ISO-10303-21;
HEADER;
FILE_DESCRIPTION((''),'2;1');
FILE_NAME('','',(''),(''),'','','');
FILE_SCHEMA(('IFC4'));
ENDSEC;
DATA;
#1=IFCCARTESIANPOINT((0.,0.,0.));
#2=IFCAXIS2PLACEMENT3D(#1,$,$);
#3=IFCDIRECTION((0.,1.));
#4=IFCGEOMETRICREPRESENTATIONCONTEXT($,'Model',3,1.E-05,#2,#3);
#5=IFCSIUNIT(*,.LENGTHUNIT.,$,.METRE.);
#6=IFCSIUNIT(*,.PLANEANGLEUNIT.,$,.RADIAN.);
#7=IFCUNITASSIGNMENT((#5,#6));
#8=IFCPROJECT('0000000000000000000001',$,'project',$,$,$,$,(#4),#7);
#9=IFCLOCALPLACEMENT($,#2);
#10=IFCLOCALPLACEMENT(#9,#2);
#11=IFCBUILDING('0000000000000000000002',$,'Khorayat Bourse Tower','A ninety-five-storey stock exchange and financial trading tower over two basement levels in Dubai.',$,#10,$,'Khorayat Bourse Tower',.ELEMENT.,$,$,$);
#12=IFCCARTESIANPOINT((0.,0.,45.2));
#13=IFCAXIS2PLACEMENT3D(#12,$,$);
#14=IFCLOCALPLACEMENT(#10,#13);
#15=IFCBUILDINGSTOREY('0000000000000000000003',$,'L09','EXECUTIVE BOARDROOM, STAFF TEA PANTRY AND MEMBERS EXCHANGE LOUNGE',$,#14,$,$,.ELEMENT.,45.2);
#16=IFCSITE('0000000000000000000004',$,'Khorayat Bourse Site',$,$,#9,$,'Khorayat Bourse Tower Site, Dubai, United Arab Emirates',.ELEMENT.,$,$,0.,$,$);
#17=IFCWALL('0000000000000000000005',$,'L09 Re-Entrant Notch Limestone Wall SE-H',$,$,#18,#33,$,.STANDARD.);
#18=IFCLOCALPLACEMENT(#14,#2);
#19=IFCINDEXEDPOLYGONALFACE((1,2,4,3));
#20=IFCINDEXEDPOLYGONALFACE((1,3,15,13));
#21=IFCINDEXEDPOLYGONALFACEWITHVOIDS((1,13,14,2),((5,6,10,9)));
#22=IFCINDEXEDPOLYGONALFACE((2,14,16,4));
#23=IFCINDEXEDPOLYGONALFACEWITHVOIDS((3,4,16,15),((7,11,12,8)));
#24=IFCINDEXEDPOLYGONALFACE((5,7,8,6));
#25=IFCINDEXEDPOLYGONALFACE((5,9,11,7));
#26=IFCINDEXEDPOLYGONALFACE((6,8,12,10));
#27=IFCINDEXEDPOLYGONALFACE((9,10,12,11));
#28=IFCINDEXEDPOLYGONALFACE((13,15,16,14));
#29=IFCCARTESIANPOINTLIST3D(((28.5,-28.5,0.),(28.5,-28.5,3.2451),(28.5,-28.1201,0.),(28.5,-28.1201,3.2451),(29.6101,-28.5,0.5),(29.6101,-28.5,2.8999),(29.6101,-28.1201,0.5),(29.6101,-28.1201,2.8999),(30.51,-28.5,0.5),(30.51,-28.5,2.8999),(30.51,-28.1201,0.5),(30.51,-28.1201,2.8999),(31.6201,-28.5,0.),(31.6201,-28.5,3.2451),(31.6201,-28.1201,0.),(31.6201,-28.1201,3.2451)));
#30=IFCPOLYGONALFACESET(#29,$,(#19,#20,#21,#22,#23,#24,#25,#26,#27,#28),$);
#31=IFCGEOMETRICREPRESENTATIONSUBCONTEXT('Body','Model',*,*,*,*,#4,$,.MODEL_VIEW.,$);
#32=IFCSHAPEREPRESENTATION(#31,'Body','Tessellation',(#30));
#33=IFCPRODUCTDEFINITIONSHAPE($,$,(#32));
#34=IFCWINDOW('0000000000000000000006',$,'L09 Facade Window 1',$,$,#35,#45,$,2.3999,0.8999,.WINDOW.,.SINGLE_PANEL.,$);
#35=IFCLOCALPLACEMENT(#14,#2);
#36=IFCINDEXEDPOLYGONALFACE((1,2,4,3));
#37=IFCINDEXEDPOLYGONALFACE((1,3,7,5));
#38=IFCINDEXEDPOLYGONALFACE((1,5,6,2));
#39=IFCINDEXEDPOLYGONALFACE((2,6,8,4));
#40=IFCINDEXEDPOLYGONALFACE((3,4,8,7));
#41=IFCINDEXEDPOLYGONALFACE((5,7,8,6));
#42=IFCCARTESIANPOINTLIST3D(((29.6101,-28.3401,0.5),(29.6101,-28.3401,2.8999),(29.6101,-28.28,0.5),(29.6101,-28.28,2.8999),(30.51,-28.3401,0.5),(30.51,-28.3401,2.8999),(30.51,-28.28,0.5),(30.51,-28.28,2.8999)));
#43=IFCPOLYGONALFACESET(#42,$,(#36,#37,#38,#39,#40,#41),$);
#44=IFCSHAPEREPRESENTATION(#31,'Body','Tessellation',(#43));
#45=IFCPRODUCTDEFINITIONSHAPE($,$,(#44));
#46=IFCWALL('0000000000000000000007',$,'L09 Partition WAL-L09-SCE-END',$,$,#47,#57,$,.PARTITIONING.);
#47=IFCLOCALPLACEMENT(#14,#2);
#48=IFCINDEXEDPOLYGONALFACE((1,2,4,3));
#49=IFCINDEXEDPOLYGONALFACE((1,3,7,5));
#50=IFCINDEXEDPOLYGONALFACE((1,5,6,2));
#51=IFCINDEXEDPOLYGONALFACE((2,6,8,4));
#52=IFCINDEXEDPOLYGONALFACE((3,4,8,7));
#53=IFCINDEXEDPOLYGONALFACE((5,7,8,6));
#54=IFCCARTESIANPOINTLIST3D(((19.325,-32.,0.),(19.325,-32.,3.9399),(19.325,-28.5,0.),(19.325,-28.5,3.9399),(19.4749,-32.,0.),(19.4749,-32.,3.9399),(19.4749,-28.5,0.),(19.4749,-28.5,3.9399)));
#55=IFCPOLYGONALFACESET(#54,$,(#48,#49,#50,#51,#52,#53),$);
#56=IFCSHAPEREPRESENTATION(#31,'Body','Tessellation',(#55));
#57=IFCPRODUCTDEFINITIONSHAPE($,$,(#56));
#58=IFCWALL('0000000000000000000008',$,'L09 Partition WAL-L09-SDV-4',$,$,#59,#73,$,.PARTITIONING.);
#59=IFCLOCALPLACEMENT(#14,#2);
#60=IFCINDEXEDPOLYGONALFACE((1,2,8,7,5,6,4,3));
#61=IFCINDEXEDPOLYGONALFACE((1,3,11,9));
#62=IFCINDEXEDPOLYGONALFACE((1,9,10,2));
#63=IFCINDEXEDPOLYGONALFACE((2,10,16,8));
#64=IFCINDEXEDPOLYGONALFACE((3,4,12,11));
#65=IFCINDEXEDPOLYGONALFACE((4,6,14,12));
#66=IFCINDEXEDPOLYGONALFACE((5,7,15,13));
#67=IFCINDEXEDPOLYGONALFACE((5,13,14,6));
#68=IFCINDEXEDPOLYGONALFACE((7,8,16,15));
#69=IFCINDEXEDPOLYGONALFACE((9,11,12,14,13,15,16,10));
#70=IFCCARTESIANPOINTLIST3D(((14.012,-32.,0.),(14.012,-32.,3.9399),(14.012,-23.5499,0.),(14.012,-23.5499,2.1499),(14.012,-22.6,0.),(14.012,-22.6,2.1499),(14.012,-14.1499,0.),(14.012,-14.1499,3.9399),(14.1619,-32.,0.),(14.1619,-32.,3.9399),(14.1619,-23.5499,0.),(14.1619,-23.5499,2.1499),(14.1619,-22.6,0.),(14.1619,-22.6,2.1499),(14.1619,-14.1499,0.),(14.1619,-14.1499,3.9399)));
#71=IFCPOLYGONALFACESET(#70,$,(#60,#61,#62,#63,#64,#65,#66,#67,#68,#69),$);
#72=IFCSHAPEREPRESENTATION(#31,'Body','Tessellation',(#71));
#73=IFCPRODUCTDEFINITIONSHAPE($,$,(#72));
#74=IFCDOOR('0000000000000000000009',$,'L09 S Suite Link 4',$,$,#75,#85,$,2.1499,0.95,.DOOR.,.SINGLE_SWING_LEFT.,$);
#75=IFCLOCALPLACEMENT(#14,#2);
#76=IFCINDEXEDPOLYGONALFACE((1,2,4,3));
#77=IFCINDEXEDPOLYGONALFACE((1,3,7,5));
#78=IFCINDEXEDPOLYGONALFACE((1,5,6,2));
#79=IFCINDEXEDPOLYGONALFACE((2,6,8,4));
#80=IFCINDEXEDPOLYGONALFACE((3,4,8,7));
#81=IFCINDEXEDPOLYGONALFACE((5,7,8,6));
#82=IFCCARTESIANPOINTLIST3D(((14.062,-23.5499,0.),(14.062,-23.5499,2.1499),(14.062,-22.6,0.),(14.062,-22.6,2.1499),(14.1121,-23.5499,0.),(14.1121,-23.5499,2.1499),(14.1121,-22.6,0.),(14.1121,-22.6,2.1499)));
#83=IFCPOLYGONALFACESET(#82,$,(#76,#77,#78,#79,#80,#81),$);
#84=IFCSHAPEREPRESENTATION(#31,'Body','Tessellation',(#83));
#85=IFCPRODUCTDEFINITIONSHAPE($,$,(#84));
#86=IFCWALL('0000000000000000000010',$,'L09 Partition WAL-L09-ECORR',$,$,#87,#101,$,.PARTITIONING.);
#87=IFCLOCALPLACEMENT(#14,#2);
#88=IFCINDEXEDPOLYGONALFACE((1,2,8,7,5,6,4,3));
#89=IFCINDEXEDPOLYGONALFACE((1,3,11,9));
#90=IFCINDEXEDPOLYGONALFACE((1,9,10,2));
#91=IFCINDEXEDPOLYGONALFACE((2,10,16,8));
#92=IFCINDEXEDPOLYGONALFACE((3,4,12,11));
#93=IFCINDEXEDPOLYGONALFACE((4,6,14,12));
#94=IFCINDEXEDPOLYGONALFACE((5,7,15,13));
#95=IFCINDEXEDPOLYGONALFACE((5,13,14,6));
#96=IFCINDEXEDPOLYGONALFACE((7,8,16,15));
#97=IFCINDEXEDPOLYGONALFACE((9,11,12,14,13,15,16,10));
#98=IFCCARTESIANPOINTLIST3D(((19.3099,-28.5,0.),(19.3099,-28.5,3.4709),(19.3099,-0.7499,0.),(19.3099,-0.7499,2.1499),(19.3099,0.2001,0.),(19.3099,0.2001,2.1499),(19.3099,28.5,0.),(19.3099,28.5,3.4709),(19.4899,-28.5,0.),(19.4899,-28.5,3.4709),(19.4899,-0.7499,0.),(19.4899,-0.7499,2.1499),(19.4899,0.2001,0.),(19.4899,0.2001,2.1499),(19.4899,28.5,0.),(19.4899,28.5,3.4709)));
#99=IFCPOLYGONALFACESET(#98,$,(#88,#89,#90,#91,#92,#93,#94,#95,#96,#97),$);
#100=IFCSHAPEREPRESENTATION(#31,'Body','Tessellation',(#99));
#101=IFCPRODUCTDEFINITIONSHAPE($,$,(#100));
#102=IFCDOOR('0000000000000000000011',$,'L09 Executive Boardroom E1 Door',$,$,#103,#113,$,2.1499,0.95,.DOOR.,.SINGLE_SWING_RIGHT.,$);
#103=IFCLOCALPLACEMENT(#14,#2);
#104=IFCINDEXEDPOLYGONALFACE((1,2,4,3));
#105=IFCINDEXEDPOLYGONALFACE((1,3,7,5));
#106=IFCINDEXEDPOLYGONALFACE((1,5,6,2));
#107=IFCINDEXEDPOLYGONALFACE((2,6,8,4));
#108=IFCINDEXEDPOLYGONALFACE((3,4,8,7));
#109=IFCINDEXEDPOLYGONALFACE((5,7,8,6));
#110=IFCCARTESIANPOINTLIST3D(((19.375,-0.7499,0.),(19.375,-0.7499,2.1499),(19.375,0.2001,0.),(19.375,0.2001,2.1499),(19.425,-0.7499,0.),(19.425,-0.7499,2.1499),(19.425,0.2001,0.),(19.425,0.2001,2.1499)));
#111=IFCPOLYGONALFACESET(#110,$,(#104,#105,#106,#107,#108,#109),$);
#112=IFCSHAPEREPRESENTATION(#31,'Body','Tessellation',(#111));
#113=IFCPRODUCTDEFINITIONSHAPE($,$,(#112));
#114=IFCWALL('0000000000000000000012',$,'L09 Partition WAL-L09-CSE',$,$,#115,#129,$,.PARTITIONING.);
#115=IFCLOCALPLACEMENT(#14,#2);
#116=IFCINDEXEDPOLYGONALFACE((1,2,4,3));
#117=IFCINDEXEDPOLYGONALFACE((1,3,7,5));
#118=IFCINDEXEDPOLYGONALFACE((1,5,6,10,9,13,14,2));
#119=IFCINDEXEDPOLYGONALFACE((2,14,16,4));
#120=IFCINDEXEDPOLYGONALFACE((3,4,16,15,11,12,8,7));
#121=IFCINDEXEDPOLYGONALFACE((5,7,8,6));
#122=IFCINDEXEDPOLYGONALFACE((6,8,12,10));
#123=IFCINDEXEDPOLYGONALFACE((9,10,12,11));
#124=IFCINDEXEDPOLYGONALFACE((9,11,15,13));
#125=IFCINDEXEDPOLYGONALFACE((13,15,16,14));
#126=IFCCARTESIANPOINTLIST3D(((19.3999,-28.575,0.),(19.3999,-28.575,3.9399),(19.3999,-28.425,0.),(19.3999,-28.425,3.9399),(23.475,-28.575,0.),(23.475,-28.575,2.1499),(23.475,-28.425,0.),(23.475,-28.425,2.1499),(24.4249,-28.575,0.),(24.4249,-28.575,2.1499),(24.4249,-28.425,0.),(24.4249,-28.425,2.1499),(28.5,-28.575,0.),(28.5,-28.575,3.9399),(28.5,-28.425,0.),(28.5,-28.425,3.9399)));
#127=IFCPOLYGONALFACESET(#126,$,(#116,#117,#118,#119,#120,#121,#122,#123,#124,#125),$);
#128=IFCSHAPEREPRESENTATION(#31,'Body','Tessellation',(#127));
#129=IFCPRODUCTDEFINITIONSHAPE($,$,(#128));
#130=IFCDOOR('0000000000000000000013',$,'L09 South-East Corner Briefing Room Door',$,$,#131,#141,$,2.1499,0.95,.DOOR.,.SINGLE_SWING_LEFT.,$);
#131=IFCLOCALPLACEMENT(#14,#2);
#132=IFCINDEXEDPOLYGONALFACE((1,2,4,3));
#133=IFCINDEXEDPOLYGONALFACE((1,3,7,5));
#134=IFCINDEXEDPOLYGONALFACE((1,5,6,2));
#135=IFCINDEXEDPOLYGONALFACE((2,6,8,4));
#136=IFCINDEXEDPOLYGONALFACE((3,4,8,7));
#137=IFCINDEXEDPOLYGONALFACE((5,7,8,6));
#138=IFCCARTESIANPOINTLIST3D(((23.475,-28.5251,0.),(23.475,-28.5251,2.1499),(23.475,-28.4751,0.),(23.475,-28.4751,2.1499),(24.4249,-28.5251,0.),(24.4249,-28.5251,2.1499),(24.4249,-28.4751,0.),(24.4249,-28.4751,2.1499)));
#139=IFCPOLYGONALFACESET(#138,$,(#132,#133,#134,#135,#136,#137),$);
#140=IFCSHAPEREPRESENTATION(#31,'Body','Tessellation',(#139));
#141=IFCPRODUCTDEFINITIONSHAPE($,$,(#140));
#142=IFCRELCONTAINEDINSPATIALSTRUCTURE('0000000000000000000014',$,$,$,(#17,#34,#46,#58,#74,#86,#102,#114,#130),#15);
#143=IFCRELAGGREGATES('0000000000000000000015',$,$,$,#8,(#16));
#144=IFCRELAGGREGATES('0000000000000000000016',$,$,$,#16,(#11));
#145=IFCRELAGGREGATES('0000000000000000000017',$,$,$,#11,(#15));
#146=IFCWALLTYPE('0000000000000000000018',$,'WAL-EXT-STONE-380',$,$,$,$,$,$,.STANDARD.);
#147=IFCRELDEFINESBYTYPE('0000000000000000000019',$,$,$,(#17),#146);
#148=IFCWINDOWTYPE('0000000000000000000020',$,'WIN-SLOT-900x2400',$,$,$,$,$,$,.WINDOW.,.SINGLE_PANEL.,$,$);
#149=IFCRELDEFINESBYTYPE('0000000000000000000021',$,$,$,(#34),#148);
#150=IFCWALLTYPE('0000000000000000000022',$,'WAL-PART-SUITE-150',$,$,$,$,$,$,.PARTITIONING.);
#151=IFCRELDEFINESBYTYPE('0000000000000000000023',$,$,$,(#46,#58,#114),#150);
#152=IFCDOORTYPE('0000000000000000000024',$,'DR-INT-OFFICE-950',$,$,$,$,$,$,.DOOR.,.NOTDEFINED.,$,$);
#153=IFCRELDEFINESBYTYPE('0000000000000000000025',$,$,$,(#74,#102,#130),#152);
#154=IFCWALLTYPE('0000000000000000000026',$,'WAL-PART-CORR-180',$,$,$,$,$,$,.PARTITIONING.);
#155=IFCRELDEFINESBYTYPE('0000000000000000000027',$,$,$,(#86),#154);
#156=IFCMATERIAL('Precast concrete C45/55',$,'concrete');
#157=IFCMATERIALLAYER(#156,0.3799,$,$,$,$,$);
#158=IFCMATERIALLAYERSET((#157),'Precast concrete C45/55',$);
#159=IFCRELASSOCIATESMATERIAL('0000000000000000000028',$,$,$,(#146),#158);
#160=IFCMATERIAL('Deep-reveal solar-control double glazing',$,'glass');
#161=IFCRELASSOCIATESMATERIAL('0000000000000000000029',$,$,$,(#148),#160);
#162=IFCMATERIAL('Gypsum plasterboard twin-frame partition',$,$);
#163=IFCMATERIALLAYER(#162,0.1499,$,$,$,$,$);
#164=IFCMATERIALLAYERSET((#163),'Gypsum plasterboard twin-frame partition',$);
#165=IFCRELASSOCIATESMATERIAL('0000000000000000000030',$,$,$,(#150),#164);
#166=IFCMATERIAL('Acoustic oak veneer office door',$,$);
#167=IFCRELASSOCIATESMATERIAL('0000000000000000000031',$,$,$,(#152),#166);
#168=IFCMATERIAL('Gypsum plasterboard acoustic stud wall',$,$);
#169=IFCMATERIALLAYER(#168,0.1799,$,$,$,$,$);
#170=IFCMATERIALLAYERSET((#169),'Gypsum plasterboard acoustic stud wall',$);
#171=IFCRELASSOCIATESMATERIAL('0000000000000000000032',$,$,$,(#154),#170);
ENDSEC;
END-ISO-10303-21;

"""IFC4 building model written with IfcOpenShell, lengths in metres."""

from ifc_helpers import new_model, si_unit, direction, frame, frame_2d, origin, place, context, subcontext, project, spatial, rectangle, extrude, source, transform, mapped, material, layer, layer_set, type_object, element, fill, save


model = new_model("IFC4")

# Units and contexts
model_context = context("Model", 3, precision=1e-05, world=origin(), true_north=direction((0.0, 1.0)))
body_context = subcontext(model_context, "Body", "Model", "MODEL_VIEW")
ifc_project = project(units=[si_unit("LENGTHUNIT", "METRE"), si_unit("PLANEANGLEUNIT", "RADIAN")], contexts=[model_context])

# Site, building, storey
site_placement = place(None, origin())
site = spatial("IfcSite", under=ifc_project, at=site_placement, Name="Khorayat Bourse Site", LongName="Khorayat Bourse Tower Site, Dubai, United Arab Emirates", CompositionType="ELEMENT", RefElevation=0.0)
building_placement = place(site_placement, origin())
building = spatial("IfcBuilding", under=site, at=building_placement, Name="Khorayat Bourse Tower", Description="A ninety-five-storey stock exchange and financial trading tower over two basement levels in Dubai.", LongName="Khorayat Bourse Tower", CompositionType="ELEMENT")
storey_placement = place(building_placement, frame((0.0, 0.0, 45.2)))
storey = spatial("IfcBuildingStorey", under=building, at=storey_placement, Name="L09", Description="EXECUTIVE BOARDROOM, STAFF TEA PANTRY AND MEMBERS EXCHANGE LOUNGE", CompositionType="ELEMENT", Elevation=45.2)

# Wall, opening, window
ifc_material_1 = material(Name="Precast concrete C45/55", Category="concrete")
ifc_layer_1 = layer(ifc_material_1, 0.3799)
ifc_layer_set_1 = layer_set([ifc_layer_1], Name="Precast concrete C45/55")
wall_type_1 = type_object("IfcWallType", Name="WAL-EXT-STONE-380", PredefinedType="STANDARD", material=ifc_layer_set_1)
shared_shape_1 = source(origin(), body_context, "Body", "SweptSolid", [
    extrude(rectangle(XDim=3.1201, YDim=0.3799, at=frame_2d((1.5601, 0.0))), origin(), (0.0, 0.0, 1.0), 3.2451),
])
shared_shape_2 = source(origin(), body_context, "Body", "SweptSolid", [
    extrude(rectangle(XDim=0.8999, YDim=2.3999, at=frame_2d((0.45, 1.2))), frame((0.0, 0.2, 0.0), z_axis=(0.0, -1.0, 0.0), x_axis=(1.0, 0.0, 0.0)), (0.0, 0.0, 1.0), 0.3999),
])
ifc_material_2 = material(Name="Deep-reveal solar-control double glazing", Category="glass")
window_type = type_object("IfcWindowType", Name="WIN-SLOT-900x2400", PartitioningType="SINGLE_PANEL", PredefinedType="WINDOW", material=ifc_material_2)
shared_shape_3 = source(origin(), body_context, "Body", "SweptSolid", [
    extrude(rectangle(XDim=0.8999, YDim=2.3999, at=frame_2d((0.45, 1.2))), frame((0.0, 0.03, 0.0), z_axis=(0.0, -1.0, 0.0), x_axis=(1.0, 0.0, 0.0)), (0.0, 0.0, 1.0), 0.0601),
])
wall_1_placement = place(storey_placement, frame((28.5, -28.3101, 0.0), z_axis=(0.0, 0.0, 1.0), x_axis=(1.0, 0.0, 0.0)))
wall_1 = element("IfcWall", 1, at=wall_1_placement, inside=storey, type_object=wall_type_1, Name="L09 Re-Entrant Notch Limestone Wall SE-H", PredefinedType="STANDARD", context=body_context, shape_type="MappedRepresentation", body=[
    mapped(shared_shape_1, transform((0.0, 0.0, 0.0), scale=1.0)),
])
opening_1_placement = place(wall_1_placement, frame((1.1101, 0.0, 0.5)))
opening_1 = element("IfcOpeningElement", 2, at=opening_1_placement, cuts=wall_1, PredefinedType="OPENING", context=body_context, shape_type="MappedRepresentation", body=[
    mapped(shared_shape_2, transform((0.0, 0.0, 0.0), scale=1.0)),
])
window_1_placement = place(opening_1_placement, origin())
window_1 = element("IfcWindow", 3, at=window_1_placement, inside=storey, type_object=window_type, Name="L09 Facade Window 1", OverallHeight=2.3999, OverallWidth=0.8999, PartitioningType="SINGLE_PANEL", PredefinedType="WINDOW", context=body_context, shape_type="MappedRepresentation", body=[
    mapped(shared_shape_3, transform((0.0, 0.0, 0.0), scale=1.0)),
])
fill(opening_1, window_1)

# Wall
ifc_material_3 = material(Name="Gypsum plasterboard twin-frame partition")
ifc_layer_2 = layer(ifc_material_3, 0.1499)
ifc_layer_set_2 = layer_set([ifc_layer_2], Name="Gypsum plasterboard twin-frame partition")
wall_type_2 = type_object("IfcWallType", Name="WAL-PART-SUITE-150", PredefinedType="PARTITIONING", material=ifc_layer_set_2)
shared_shape_4 = source(origin(), body_context, "Body", "SweptSolid", [
    extrude(rectangle(XDim=3.5, YDim=0.1499, at=frame_2d((1.75, 0.0))), origin(), (0.0, 0.0, 1.0), 3.9399),
])
wall_2_placement = place(storey_placement, frame((19.3999, -32.0, 0.0), z_axis=(0.0, 0.0, 1.0), x_axis=(0.0, 1.0, 0.0)))
element("IfcWall", 4, at=wall_2_placement, inside=storey, type_object=wall_type_2, Name="L09 Partition WAL-L09-SCE-END", PredefinedType="PARTITIONING", context=body_context, shape_type="MappedRepresentation", body=[
    mapped(shared_shape_4, transform((0.0, 0.0, 0.0), scale=1.0)),
])

# Walls, openings, doors
shared_shape_5 = source(origin(), body_context, "Body", "SweptSolid", [
    extrude(rectangle(XDim=17.8501, YDim=0.1499, at=frame_2d((8.925, 0.0))), origin(), (0.0, 0.0, 1.0), 3.9399),
])
wall_3_placement = place(storey_placement, frame((14.0869, -32.0, 0.0), z_axis=(0.0, 0.0, 1.0), x_axis=(0.0, 1.0, 0.0)))
wall_3 = element("IfcWall", 5, at=wall_3_placement, inside=storey, type_object=wall_type_2, Name="L09 Partition WAL-L09-SDV-4", PredefinedType="PARTITIONING", context=body_context, shape_type="MappedRepresentation", body=[
    mapped(shared_shape_5, transform((0.0, 0.0, 0.0), scale=1.0)),
])
shared_shape_6 = source(origin(), body_context, "Body", "SweptSolid", [
    extrude(rectangle(XDim=0.95, YDim=2.1499, at=frame_2d((0.4751, 1.075))), frame((0.0, 0.085, 0.0), z_axis=(0.0, -1.0, 0.0), x_axis=(1.0, 0.0, 0.0)), (0.0, 0.0, 1.0), 0.1699),
])
opening_2_placement = place(wall_3_placement, frame((8.45, 0.0, 0.0)))
opening_2 = element("IfcOpeningElement", 6, at=opening_2_placement, cuts=wall_3, PredefinedType="OPENING", context=body_context, shape_type="MappedRepresentation", body=[
    mapped(shared_shape_6, transform((0.0, 0.0, 0.0), scale=1.0)),
])
ifc_material_4 = material(Name="Acoustic oak veneer office door")
door_type = type_object("IfcDoorType", Name="DR-INT-OFFICE-950", OperationType="NOTDEFINED", PredefinedType="DOOR", material=ifc_material_4)
shared_shape_7 = source(origin(), body_context, "Body", "SweptSolid", [
    extrude(rectangle(XDim=0.95, YDim=2.1499, at=frame_2d((0.4751, 1.075))), frame((0.0, 0.0249, 0.0), z_axis=(0.0, -1.0, 0.0), x_axis=(1.0, 0.0, 0.0)), (0.0, 0.0, 1.0), 0.05),
])
door_1_placement = place(opening_2_placement, origin())
door_1 = element("IfcDoor", 7, at=door_1_placement, inside=storey, type_object=door_type, Name="L09 S Suite Link 4", OperationType="SINGLE_SWING_LEFT", OverallHeight=2.1499, OverallWidth=0.95, PredefinedType="DOOR", context=body_context, shape_type="MappedRepresentation", body=[
    mapped(shared_shape_7, transform((0.0, 0.0, 0.0), scale=1.0)),
])
fill(opening_2, door_1)
ifc_material_5 = material(Name="Gypsum plasterboard acoustic stud wall")
ifc_layer_3 = layer(ifc_material_5, 0.1799)
ifc_layer_set_3 = layer_set([ifc_layer_3], Name="Gypsum plasterboard acoustic stud wall")
wall_type_3 = type_object("IfcWallType", Name="WAL-PART-CORR-180", PredefinedType="PARTITIONING", material=ifc_layer_set_3)
shared_shape_8 = source(origin(), body_context, "Body", "SweptSolid", [
    extrude(rectangle(XDim=57.0, YDim=0.1799, at=frame_2d((28.5, 0.0))), origin(), (0.0, 0.0, 1.0), 3.4709),
])
wall_4_placement = place(storey_placement, frame((19.3999, -28.5, 0.0), z_axis=(0.0, 0.0, 1.0), x_axis=(0.0, 1.0, 0.0)))
wall_4 = element("IfcWall", 8, at=wall_4_placement, inside=storey, type_object=wall_type_3, Name="L09 Partition WAL-L09-ECORR", PredefinedType="PARTITIONING", context=body_context, shape_type="MappedRepresentation", body=[
    mapped(shared_shape_8, transform((0.0, 0.0, 0.0), scale=1.0)),
])
shared_shape_9 = source(origin(), body_context, "Body", "SweptSolid", [
    extrude(rectangle(XDim=0.95, YDim=2.1499, at=frame_2d((0.4751, 1.075))), frame((0.0, 0.0999, 0.0), z_axis=(0.0, -1.0, 0.0), x_axis=(1.0, 0.0, 0.0)), (0.0, 0.0, 1.0), 0.2),
])
opening_3_placement = place(wall_4_placement, frame((27.75, 0.0, 0.0)))
opening_3 = element("IfcOpeningElement", 9, at=opening_3_placement, cuts=wall_4, PredefinedType="OPENING", context=body_context, shape_type="MappedRepresentation", body=[
    mapped(shared_shape_9, transform((0.0, 0.0, 0.0), scale=1.0)),
])
door_2_placement = place(opening_3_placement, origin())
door_2 = element("IfcDoor", 10, at=door_2_placement, inside=storey, type_object=door_type, Name="L09 Executive Boardroom E1 Door", OperationType="SINGLE_SWING_RIGHT", OverallHeight=2.1499, OverallWidth=0.95, PredefinedType="DOOR", context=body_context, shape_type="MappedRepresentation", body=[
    mapped(shared_shape_7, transform((0.0, 0.0, 0.0), scale=1.0)),
])
fill(opening_3, door_2)
shared_shape_10 = source(origin(), body_context, "Body", "SweptSolid", [
    extrude(rectangle(XDim=9.1001, YDim=0.1499, at=frame_2d((4.55, 0.0))), origin(), (0.0, 0.0, 1.0), 3.9399),
])
wall_5_placement = place(storey_placement, frame((19.3999, -28.5, 0.0), z_axis=(0.0, 0.0, 1.0), x_axis=(1.0, 0.0, 0.0)))
wall_5 = element("IfcWall", 11, at=wall_5_placement, inside=storey, type_object=wall_type_2, Name="L09 Partition WAL-L09-CSE", PredefinedType="PARTITIONING", context=body_context, shape_type="MappedRepresentation", body=[
    mapped(shared_shape_10, transform((0.0, 0.0, 0.0), scale=1.0)),
])
opening_4_placement = place(wall_5_placement, frame((4.075, 0.0, 0.0)))
opening_4 = element("IfcOpeningElement", 12, at=opening_4_placement, cuts=wall_5, PredefinedType="OPENING", context=body_context, shape_type="MappedRepresentation", body=[
    mapped(shared_shape_6, transform((0.0, 0.0, 0.0), scale=1.0)),
])
door_3_placement = place(opening_4_placement, origin())
door_3 = element("IfcDoor", 13, at=door_3_placement, inside=storey, type_object=door_type, Name="L09 South-East Corner Briefing Room Door", OperationType="SINGLE_SWING_LEFT", OverallHeight=2.1499, OverallWidth=0.95, PredefinedType="DOOR", context=body_context, shape_type="MappedRepresentation", body=[
    mapped(shared_shape_7, transform((0.0, 0.0, 0.0), scale=1.0)),
])
fill(opening_4, door_3)

save(model, "model.ifc")
